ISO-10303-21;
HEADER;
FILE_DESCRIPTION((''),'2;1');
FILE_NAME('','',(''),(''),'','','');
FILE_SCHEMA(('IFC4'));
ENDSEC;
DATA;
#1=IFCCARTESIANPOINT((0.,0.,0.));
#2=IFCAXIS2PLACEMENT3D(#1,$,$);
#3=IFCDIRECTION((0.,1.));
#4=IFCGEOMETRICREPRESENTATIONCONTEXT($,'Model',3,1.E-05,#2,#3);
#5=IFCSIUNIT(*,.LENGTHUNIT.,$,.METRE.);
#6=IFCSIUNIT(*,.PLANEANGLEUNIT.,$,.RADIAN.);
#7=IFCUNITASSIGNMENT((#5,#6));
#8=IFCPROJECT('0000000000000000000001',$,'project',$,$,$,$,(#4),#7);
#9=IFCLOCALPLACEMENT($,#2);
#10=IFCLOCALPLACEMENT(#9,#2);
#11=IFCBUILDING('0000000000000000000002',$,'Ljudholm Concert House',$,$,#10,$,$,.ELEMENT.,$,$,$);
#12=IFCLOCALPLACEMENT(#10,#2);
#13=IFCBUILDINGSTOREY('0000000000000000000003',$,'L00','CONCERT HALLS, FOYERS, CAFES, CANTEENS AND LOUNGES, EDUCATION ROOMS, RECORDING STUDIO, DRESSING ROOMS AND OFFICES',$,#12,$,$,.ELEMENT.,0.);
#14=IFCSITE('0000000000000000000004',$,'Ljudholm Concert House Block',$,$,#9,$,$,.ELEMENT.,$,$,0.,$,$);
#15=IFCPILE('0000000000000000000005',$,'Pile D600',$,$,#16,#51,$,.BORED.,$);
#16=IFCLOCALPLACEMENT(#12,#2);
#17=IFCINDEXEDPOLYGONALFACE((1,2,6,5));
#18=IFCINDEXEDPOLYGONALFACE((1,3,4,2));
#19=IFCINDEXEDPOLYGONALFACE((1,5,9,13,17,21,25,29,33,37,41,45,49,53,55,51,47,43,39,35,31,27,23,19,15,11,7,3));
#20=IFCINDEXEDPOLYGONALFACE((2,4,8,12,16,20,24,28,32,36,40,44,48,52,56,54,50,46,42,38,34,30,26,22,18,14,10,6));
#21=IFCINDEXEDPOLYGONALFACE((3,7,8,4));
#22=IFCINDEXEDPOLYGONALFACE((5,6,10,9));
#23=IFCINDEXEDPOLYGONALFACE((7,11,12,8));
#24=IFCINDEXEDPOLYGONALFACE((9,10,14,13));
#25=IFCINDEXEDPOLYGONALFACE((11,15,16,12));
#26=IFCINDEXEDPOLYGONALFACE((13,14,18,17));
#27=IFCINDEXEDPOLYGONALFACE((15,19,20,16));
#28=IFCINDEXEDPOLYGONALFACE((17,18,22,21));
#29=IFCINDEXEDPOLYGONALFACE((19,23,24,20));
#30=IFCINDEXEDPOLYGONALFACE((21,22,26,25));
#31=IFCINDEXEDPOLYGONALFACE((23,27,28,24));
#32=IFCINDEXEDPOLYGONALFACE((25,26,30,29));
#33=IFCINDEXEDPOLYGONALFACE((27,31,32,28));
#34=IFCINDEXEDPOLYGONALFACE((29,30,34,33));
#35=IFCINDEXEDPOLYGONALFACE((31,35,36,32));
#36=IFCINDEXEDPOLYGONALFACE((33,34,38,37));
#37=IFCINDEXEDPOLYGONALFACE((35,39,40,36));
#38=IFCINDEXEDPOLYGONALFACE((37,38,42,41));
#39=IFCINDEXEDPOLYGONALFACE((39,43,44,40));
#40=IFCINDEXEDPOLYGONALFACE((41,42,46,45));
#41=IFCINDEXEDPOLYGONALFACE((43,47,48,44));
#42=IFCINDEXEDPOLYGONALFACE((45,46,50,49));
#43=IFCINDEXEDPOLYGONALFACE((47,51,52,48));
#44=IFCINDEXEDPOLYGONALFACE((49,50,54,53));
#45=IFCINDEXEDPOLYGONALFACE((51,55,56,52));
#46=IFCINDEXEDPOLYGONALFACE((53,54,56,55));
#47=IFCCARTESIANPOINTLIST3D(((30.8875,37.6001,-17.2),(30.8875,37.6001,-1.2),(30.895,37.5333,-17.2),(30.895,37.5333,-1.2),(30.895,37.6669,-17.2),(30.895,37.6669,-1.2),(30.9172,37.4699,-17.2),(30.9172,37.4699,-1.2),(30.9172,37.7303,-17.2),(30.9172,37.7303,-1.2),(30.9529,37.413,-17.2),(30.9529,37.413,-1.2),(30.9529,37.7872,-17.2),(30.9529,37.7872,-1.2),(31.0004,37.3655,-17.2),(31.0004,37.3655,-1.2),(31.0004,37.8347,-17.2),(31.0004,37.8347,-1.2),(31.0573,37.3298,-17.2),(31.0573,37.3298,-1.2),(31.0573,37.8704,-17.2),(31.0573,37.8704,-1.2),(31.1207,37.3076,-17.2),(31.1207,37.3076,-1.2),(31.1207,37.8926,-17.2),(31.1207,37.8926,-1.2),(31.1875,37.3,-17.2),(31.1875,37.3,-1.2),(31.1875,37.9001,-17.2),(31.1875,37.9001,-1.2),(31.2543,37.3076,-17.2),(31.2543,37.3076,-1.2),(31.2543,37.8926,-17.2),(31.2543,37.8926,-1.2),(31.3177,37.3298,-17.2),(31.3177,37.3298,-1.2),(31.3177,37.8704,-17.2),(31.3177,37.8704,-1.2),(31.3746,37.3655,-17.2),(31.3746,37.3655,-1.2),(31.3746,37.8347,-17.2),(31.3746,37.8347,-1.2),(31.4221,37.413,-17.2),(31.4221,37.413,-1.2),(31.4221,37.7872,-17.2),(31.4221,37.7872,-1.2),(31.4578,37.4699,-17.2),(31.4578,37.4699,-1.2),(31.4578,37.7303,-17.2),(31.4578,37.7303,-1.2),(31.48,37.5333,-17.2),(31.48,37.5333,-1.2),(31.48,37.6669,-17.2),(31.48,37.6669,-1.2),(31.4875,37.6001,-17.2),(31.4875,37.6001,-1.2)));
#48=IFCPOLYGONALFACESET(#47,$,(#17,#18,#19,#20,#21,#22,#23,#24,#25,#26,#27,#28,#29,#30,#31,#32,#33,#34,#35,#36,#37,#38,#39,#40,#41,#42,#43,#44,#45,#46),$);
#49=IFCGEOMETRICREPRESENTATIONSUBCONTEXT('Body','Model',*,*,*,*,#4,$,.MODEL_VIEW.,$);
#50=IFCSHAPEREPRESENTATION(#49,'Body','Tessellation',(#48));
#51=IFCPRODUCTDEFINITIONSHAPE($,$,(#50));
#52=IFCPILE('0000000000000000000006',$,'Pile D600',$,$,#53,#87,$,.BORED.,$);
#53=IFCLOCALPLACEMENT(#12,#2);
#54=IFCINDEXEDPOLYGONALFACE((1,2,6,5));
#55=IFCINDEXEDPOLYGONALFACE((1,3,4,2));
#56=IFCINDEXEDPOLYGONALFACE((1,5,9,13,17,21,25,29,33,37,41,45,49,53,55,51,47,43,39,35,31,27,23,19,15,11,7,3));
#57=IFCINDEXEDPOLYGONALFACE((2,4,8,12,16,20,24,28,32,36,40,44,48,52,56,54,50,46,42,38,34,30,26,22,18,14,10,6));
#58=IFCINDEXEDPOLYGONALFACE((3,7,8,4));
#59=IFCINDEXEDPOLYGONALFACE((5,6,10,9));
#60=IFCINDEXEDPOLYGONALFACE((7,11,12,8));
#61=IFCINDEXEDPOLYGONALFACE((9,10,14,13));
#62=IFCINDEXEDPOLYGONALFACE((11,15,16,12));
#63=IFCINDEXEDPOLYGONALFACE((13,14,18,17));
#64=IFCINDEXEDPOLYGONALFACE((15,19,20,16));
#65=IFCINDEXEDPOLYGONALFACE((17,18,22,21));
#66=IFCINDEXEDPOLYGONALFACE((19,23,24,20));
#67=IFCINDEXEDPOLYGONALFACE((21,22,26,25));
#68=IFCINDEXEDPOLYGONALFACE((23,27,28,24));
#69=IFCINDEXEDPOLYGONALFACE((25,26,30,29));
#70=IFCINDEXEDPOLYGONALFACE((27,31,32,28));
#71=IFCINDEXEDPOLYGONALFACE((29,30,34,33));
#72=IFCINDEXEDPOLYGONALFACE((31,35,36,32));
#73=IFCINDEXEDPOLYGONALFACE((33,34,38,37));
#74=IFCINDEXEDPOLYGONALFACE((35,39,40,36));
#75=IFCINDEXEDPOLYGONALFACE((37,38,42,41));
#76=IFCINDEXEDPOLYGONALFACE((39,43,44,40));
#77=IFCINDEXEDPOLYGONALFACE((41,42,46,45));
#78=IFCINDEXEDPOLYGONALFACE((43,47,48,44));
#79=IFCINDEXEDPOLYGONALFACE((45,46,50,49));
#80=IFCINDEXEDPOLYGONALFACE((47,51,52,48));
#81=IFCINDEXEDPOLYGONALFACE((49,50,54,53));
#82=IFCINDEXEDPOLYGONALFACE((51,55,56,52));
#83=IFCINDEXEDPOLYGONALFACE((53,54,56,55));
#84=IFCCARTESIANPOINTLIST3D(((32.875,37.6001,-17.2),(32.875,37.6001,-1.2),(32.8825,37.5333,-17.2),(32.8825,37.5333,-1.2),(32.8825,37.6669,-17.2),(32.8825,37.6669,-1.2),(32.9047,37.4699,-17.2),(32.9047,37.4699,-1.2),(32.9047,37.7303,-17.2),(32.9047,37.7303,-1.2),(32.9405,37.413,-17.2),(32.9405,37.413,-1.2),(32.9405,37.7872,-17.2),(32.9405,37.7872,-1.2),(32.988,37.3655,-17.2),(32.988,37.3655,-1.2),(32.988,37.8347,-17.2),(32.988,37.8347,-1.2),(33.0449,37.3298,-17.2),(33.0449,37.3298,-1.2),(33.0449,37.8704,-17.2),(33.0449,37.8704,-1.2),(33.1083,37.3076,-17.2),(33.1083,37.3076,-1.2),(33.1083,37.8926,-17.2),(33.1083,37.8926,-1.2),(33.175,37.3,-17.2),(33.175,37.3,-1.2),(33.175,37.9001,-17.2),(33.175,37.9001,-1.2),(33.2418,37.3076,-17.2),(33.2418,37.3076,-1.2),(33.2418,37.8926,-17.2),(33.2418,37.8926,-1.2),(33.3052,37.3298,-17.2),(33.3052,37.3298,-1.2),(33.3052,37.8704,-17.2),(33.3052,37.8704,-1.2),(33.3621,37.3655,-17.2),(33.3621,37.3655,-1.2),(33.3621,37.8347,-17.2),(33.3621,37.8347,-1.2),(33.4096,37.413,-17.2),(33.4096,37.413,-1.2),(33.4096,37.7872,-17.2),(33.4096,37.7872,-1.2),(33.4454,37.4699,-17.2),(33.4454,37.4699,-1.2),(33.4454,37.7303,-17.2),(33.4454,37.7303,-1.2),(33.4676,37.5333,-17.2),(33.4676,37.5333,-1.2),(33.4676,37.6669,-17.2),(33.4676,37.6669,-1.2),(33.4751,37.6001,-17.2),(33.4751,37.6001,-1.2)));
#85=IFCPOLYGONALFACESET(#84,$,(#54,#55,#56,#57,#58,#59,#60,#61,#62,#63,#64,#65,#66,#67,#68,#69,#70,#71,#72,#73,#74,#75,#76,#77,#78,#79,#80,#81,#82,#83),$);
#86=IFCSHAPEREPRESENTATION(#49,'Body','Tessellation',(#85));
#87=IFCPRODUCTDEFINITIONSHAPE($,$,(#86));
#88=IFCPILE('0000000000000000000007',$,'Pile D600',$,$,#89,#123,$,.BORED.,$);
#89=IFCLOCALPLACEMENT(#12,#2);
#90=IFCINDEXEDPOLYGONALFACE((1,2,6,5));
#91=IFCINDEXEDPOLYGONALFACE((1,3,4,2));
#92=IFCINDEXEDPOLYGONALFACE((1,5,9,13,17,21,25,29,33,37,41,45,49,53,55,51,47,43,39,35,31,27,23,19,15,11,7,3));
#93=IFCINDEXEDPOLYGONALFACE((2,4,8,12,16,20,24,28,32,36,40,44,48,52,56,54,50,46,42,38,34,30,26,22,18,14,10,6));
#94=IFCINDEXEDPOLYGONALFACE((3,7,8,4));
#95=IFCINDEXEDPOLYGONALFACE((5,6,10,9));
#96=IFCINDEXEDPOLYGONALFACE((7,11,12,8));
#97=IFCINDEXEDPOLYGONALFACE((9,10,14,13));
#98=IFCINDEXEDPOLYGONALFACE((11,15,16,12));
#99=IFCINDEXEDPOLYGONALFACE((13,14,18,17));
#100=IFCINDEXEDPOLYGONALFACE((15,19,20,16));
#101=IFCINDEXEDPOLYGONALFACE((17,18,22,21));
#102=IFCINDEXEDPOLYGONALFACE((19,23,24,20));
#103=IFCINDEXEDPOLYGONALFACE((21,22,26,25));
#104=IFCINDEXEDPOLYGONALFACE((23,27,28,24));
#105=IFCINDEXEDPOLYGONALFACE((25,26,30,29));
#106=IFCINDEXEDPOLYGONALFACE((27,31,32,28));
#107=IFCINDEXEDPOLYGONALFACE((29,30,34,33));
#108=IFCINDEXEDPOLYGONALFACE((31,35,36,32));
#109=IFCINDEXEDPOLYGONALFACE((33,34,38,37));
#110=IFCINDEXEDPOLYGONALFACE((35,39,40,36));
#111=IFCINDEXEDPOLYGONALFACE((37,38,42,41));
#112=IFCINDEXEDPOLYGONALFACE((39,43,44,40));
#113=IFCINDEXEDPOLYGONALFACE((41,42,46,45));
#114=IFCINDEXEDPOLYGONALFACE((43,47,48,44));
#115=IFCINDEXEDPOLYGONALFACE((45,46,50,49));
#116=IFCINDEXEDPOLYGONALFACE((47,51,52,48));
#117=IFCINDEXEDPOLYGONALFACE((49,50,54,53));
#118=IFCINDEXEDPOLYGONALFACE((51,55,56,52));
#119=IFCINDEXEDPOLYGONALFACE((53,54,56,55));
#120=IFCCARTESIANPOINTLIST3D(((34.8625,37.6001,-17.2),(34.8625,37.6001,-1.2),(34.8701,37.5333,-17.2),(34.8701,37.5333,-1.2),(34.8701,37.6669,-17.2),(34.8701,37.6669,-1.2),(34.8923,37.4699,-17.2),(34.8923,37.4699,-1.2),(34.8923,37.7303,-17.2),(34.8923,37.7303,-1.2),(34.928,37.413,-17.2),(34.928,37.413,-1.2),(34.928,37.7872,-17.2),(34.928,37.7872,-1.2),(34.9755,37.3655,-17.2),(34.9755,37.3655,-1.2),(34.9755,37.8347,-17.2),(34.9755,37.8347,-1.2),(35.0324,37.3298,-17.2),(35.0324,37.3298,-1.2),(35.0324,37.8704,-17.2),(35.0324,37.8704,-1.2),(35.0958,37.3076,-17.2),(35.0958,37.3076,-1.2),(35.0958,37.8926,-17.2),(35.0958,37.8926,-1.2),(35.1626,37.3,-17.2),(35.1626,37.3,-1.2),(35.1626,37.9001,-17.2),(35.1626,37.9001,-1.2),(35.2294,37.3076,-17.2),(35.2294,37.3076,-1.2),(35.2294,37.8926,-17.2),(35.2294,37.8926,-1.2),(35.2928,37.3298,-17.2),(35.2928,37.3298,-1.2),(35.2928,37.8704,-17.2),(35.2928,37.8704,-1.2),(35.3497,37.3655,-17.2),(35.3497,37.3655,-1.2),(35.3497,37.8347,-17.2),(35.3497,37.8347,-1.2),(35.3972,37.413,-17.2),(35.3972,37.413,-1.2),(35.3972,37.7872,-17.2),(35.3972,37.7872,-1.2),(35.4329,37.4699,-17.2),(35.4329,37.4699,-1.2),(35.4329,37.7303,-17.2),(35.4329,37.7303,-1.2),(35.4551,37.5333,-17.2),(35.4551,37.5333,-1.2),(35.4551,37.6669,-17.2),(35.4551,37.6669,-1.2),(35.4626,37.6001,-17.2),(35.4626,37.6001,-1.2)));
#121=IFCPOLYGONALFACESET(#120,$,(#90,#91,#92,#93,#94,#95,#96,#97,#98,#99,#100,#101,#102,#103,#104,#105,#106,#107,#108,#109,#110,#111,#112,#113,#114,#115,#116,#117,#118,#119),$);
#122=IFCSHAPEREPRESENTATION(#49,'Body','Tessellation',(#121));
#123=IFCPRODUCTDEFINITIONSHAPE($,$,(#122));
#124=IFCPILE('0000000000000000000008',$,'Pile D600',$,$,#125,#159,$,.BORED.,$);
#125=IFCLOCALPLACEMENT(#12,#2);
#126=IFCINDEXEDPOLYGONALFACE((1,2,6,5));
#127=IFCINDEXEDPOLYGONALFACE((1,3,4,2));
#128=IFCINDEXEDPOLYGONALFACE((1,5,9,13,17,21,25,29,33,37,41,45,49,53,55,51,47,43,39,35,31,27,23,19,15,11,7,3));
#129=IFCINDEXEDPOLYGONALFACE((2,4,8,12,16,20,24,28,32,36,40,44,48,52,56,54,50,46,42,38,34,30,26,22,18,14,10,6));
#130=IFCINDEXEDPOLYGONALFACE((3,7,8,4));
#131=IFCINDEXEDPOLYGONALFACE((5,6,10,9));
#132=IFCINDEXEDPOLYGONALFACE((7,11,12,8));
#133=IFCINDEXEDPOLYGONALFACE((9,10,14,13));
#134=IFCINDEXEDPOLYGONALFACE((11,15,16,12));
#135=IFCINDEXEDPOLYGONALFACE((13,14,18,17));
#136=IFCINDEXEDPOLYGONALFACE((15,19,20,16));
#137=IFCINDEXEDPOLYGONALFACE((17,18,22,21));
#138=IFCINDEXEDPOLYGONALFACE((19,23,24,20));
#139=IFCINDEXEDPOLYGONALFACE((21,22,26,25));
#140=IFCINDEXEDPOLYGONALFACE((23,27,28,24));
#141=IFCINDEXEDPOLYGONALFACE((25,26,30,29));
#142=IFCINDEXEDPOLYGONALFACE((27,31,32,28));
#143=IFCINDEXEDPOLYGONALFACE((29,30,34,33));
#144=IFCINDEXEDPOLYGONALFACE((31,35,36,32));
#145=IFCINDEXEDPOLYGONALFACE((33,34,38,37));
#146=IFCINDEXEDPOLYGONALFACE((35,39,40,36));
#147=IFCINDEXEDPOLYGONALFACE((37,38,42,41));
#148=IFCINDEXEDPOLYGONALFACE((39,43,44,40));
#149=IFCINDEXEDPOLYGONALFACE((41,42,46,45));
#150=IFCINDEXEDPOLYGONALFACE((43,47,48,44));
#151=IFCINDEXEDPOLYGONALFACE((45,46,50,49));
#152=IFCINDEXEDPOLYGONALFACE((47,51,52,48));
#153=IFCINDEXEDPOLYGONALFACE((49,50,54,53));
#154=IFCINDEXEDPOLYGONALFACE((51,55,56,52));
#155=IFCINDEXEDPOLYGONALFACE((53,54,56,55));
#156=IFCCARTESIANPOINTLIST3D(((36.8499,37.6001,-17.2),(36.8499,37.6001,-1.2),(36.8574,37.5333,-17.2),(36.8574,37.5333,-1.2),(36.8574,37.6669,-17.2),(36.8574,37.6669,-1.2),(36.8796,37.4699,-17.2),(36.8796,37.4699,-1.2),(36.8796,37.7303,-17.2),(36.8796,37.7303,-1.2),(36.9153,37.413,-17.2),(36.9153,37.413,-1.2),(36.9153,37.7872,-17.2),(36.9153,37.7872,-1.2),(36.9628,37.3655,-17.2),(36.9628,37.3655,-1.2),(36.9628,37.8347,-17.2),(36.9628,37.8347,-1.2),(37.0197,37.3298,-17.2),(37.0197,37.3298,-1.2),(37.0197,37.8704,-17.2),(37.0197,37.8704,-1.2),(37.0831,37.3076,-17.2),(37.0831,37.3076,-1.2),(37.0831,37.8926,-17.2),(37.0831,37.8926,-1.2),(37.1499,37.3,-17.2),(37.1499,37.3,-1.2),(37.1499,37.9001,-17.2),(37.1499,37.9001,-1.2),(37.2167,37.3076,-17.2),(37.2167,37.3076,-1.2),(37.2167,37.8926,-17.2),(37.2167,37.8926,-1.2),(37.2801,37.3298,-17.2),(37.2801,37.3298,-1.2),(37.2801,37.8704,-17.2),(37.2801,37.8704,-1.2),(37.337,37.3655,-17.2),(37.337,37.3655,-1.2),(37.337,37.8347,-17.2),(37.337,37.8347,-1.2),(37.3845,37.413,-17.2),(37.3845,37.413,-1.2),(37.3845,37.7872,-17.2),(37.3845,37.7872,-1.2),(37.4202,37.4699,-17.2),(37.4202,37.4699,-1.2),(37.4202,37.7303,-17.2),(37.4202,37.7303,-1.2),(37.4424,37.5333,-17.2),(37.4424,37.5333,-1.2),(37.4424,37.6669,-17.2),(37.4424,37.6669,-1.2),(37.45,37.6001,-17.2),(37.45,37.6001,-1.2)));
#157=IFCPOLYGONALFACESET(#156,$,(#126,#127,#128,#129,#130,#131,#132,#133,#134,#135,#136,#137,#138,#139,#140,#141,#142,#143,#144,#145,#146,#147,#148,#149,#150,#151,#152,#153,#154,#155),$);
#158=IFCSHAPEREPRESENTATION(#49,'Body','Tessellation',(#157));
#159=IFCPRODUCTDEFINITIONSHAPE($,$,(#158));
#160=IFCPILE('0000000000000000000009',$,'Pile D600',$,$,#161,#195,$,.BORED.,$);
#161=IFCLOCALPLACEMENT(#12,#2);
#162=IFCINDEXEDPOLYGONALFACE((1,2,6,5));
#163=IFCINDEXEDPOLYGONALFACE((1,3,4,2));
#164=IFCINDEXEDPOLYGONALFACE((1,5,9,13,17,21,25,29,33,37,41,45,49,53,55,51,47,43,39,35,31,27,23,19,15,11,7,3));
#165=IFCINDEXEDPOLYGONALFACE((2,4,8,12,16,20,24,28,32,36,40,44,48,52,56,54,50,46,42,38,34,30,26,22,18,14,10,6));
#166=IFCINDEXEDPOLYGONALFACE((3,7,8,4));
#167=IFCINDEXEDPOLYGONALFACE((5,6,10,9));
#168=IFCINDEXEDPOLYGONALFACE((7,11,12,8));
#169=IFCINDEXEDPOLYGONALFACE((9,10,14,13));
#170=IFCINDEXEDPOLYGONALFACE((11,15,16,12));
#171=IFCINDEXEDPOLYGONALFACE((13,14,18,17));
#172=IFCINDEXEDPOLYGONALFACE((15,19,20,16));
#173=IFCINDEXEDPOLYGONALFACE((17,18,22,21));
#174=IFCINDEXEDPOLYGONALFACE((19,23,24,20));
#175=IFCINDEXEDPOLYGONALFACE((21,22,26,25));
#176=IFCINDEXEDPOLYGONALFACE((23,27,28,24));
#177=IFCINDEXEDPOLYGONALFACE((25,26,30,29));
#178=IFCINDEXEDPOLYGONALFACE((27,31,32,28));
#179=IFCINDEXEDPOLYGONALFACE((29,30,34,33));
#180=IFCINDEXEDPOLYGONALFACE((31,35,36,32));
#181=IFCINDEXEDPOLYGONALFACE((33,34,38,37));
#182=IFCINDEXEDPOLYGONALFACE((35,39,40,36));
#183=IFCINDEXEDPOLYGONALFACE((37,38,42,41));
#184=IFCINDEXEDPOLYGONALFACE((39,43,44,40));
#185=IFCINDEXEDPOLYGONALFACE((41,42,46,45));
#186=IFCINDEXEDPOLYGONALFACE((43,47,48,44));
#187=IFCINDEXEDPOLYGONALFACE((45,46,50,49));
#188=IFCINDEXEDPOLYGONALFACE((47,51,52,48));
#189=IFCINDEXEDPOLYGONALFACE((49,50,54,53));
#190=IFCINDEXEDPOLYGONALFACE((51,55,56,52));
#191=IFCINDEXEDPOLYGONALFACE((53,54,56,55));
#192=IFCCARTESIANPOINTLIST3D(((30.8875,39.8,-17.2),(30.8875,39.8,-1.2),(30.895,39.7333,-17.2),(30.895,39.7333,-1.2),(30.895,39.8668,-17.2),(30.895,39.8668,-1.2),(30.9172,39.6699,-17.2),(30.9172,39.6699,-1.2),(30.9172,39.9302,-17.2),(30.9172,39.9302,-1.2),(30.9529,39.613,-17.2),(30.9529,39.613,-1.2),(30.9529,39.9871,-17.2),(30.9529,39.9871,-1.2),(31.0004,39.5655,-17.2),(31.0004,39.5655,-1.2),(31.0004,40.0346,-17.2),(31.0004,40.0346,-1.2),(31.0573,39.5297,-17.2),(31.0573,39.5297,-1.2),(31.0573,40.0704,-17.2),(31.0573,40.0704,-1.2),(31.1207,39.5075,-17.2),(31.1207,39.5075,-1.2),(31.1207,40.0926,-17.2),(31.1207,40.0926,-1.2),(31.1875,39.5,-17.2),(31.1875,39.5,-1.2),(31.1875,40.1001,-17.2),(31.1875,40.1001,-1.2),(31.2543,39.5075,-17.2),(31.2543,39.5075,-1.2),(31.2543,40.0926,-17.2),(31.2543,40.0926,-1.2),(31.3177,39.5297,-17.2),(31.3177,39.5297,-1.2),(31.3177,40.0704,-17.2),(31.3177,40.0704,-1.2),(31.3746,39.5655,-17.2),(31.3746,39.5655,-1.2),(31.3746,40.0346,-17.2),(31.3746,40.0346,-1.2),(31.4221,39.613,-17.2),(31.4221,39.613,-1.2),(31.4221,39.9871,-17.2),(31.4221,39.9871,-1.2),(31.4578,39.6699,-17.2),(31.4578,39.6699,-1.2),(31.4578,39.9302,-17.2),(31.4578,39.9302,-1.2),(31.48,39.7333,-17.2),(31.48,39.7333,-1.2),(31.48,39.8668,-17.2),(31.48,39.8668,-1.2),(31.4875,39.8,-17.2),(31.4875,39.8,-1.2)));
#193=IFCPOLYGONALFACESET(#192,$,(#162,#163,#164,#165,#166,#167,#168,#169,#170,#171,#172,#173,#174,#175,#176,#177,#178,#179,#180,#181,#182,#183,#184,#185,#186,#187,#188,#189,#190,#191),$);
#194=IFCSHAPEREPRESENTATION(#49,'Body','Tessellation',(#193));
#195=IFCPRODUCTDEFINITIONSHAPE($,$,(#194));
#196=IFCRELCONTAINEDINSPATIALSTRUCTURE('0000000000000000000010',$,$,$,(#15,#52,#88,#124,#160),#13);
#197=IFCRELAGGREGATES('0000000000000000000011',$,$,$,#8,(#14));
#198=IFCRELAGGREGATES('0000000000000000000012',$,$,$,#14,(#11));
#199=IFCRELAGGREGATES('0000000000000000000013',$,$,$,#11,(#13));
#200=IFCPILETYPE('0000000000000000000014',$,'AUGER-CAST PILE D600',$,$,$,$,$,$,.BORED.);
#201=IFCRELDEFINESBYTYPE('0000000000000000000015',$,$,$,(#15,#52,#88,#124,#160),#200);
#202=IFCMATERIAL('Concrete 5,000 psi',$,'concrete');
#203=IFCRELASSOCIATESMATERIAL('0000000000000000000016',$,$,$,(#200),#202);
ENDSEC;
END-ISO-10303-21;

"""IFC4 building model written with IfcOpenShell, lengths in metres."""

from ifc_helpers import new_model, si_unit, direction, frame, origin, origin_2d, place, context, subcontext, project, spatial, circle, extrude, material, material_profile, profile_set, type_object, element, save


model = new_model("IFC4")

# Units and contexts
model_context = context("Model", 3, precision=1e-05, world=origin(), true_north=direction((0.0, 1.0)))
body_context = subcontext(model_context, "Body", "Model", "MODEL_VIEW")
ifc_project = project(units=[si_unit("LENGTHUNIT", "METRE"), si_unit("PLANEANGLEUNIT", "RADIAN")], contexts=[model_context])

# Site, building, storey
site_placement = place(None, origin())
site = spatial("IfcSite", under=ifc_project, at=site_placement, Name="Ljudholm Concert House Block", CompositionType="ELEMENT", RefElevation=0.0)
building_placement = place(site_placement, origin())
building = spatial("IfcBuilding", under=site, at=building_placement, Name="Ljudholm Concert House", CompositionType="ELEMENT")
storey_placement = place(building_placement, origin())
storey = spatial("IfcBuildingStorey", under=building, at=storey_placement, Name="L00", Description="CONCERT HALLS, FOYERS, CAFES, CANTEENS AND LOUNGES, EDUCATION ROOMS, RECORDING STUDIO, DRESSING ROOMS AND OFFICES", CompositionType="ELEMENT", Elevation=0.0)

# Piles
ifc_material_1 = material(Name="Concrete 5,000 psi", Category="concrete")
ifc_material_profile_1 = material_profile(ifc_material_1, circle(Radius=0.3, at=origin_2d()), Name="AUGER-CAST PILE D600")
ifc_profile_set_1 = profile_set([ifc_material_profile_1], Name="Concrete 5,000 psi")
pile_type_1 = type_object("IfcPileType", Name="AUGER-CAST PILE D600", PredefinedType="BORED", material=ifc_profile_set_1)
for number, where, z_axis, x_axis, name in (
    (1, (31.1875, 37.6001, -1.2), (0.0, 0.0, -1.0), (1.0, 0.0, 0.0), "Pile D600"),
    (2, (33.175, 37.6001, -1.2), (0.0, 0.0, -1.0), (1.0, 0.0, 0.0), "Pile D600"),
    (3, (35.1626, 37.6001, -1.2), (0.0, 0.0, -1.0), (1.0, 0.0, 0.0), "Pile D600"),
    (4, (37.1499, 37.6001, -1.2), (0.0, 0.0, -1.0), (1.0, 0.0, 0.0), "Pile D600"),
    (5, (31.1875, 39.8, -1.2), (0.0, 0.0, -1.0), (1.0, 0.0, 0.0), "Pile D600"),
):
    element("IfcPile", number, at=place(storey_placement, frame(where, z_axis=z_axis, x_axis=x_axis)), inside=storey, type_object=pile_type_1, Name=name, PredefinedType="BORED", context=body_context, shape_type="SweptSolid", body=[
        extrude(circle(Radius=0.3, at=origin_2d()), origin(), (0.0, 0.0, 1.0), 16.0),
    ])

save(model, "model.ifc")
